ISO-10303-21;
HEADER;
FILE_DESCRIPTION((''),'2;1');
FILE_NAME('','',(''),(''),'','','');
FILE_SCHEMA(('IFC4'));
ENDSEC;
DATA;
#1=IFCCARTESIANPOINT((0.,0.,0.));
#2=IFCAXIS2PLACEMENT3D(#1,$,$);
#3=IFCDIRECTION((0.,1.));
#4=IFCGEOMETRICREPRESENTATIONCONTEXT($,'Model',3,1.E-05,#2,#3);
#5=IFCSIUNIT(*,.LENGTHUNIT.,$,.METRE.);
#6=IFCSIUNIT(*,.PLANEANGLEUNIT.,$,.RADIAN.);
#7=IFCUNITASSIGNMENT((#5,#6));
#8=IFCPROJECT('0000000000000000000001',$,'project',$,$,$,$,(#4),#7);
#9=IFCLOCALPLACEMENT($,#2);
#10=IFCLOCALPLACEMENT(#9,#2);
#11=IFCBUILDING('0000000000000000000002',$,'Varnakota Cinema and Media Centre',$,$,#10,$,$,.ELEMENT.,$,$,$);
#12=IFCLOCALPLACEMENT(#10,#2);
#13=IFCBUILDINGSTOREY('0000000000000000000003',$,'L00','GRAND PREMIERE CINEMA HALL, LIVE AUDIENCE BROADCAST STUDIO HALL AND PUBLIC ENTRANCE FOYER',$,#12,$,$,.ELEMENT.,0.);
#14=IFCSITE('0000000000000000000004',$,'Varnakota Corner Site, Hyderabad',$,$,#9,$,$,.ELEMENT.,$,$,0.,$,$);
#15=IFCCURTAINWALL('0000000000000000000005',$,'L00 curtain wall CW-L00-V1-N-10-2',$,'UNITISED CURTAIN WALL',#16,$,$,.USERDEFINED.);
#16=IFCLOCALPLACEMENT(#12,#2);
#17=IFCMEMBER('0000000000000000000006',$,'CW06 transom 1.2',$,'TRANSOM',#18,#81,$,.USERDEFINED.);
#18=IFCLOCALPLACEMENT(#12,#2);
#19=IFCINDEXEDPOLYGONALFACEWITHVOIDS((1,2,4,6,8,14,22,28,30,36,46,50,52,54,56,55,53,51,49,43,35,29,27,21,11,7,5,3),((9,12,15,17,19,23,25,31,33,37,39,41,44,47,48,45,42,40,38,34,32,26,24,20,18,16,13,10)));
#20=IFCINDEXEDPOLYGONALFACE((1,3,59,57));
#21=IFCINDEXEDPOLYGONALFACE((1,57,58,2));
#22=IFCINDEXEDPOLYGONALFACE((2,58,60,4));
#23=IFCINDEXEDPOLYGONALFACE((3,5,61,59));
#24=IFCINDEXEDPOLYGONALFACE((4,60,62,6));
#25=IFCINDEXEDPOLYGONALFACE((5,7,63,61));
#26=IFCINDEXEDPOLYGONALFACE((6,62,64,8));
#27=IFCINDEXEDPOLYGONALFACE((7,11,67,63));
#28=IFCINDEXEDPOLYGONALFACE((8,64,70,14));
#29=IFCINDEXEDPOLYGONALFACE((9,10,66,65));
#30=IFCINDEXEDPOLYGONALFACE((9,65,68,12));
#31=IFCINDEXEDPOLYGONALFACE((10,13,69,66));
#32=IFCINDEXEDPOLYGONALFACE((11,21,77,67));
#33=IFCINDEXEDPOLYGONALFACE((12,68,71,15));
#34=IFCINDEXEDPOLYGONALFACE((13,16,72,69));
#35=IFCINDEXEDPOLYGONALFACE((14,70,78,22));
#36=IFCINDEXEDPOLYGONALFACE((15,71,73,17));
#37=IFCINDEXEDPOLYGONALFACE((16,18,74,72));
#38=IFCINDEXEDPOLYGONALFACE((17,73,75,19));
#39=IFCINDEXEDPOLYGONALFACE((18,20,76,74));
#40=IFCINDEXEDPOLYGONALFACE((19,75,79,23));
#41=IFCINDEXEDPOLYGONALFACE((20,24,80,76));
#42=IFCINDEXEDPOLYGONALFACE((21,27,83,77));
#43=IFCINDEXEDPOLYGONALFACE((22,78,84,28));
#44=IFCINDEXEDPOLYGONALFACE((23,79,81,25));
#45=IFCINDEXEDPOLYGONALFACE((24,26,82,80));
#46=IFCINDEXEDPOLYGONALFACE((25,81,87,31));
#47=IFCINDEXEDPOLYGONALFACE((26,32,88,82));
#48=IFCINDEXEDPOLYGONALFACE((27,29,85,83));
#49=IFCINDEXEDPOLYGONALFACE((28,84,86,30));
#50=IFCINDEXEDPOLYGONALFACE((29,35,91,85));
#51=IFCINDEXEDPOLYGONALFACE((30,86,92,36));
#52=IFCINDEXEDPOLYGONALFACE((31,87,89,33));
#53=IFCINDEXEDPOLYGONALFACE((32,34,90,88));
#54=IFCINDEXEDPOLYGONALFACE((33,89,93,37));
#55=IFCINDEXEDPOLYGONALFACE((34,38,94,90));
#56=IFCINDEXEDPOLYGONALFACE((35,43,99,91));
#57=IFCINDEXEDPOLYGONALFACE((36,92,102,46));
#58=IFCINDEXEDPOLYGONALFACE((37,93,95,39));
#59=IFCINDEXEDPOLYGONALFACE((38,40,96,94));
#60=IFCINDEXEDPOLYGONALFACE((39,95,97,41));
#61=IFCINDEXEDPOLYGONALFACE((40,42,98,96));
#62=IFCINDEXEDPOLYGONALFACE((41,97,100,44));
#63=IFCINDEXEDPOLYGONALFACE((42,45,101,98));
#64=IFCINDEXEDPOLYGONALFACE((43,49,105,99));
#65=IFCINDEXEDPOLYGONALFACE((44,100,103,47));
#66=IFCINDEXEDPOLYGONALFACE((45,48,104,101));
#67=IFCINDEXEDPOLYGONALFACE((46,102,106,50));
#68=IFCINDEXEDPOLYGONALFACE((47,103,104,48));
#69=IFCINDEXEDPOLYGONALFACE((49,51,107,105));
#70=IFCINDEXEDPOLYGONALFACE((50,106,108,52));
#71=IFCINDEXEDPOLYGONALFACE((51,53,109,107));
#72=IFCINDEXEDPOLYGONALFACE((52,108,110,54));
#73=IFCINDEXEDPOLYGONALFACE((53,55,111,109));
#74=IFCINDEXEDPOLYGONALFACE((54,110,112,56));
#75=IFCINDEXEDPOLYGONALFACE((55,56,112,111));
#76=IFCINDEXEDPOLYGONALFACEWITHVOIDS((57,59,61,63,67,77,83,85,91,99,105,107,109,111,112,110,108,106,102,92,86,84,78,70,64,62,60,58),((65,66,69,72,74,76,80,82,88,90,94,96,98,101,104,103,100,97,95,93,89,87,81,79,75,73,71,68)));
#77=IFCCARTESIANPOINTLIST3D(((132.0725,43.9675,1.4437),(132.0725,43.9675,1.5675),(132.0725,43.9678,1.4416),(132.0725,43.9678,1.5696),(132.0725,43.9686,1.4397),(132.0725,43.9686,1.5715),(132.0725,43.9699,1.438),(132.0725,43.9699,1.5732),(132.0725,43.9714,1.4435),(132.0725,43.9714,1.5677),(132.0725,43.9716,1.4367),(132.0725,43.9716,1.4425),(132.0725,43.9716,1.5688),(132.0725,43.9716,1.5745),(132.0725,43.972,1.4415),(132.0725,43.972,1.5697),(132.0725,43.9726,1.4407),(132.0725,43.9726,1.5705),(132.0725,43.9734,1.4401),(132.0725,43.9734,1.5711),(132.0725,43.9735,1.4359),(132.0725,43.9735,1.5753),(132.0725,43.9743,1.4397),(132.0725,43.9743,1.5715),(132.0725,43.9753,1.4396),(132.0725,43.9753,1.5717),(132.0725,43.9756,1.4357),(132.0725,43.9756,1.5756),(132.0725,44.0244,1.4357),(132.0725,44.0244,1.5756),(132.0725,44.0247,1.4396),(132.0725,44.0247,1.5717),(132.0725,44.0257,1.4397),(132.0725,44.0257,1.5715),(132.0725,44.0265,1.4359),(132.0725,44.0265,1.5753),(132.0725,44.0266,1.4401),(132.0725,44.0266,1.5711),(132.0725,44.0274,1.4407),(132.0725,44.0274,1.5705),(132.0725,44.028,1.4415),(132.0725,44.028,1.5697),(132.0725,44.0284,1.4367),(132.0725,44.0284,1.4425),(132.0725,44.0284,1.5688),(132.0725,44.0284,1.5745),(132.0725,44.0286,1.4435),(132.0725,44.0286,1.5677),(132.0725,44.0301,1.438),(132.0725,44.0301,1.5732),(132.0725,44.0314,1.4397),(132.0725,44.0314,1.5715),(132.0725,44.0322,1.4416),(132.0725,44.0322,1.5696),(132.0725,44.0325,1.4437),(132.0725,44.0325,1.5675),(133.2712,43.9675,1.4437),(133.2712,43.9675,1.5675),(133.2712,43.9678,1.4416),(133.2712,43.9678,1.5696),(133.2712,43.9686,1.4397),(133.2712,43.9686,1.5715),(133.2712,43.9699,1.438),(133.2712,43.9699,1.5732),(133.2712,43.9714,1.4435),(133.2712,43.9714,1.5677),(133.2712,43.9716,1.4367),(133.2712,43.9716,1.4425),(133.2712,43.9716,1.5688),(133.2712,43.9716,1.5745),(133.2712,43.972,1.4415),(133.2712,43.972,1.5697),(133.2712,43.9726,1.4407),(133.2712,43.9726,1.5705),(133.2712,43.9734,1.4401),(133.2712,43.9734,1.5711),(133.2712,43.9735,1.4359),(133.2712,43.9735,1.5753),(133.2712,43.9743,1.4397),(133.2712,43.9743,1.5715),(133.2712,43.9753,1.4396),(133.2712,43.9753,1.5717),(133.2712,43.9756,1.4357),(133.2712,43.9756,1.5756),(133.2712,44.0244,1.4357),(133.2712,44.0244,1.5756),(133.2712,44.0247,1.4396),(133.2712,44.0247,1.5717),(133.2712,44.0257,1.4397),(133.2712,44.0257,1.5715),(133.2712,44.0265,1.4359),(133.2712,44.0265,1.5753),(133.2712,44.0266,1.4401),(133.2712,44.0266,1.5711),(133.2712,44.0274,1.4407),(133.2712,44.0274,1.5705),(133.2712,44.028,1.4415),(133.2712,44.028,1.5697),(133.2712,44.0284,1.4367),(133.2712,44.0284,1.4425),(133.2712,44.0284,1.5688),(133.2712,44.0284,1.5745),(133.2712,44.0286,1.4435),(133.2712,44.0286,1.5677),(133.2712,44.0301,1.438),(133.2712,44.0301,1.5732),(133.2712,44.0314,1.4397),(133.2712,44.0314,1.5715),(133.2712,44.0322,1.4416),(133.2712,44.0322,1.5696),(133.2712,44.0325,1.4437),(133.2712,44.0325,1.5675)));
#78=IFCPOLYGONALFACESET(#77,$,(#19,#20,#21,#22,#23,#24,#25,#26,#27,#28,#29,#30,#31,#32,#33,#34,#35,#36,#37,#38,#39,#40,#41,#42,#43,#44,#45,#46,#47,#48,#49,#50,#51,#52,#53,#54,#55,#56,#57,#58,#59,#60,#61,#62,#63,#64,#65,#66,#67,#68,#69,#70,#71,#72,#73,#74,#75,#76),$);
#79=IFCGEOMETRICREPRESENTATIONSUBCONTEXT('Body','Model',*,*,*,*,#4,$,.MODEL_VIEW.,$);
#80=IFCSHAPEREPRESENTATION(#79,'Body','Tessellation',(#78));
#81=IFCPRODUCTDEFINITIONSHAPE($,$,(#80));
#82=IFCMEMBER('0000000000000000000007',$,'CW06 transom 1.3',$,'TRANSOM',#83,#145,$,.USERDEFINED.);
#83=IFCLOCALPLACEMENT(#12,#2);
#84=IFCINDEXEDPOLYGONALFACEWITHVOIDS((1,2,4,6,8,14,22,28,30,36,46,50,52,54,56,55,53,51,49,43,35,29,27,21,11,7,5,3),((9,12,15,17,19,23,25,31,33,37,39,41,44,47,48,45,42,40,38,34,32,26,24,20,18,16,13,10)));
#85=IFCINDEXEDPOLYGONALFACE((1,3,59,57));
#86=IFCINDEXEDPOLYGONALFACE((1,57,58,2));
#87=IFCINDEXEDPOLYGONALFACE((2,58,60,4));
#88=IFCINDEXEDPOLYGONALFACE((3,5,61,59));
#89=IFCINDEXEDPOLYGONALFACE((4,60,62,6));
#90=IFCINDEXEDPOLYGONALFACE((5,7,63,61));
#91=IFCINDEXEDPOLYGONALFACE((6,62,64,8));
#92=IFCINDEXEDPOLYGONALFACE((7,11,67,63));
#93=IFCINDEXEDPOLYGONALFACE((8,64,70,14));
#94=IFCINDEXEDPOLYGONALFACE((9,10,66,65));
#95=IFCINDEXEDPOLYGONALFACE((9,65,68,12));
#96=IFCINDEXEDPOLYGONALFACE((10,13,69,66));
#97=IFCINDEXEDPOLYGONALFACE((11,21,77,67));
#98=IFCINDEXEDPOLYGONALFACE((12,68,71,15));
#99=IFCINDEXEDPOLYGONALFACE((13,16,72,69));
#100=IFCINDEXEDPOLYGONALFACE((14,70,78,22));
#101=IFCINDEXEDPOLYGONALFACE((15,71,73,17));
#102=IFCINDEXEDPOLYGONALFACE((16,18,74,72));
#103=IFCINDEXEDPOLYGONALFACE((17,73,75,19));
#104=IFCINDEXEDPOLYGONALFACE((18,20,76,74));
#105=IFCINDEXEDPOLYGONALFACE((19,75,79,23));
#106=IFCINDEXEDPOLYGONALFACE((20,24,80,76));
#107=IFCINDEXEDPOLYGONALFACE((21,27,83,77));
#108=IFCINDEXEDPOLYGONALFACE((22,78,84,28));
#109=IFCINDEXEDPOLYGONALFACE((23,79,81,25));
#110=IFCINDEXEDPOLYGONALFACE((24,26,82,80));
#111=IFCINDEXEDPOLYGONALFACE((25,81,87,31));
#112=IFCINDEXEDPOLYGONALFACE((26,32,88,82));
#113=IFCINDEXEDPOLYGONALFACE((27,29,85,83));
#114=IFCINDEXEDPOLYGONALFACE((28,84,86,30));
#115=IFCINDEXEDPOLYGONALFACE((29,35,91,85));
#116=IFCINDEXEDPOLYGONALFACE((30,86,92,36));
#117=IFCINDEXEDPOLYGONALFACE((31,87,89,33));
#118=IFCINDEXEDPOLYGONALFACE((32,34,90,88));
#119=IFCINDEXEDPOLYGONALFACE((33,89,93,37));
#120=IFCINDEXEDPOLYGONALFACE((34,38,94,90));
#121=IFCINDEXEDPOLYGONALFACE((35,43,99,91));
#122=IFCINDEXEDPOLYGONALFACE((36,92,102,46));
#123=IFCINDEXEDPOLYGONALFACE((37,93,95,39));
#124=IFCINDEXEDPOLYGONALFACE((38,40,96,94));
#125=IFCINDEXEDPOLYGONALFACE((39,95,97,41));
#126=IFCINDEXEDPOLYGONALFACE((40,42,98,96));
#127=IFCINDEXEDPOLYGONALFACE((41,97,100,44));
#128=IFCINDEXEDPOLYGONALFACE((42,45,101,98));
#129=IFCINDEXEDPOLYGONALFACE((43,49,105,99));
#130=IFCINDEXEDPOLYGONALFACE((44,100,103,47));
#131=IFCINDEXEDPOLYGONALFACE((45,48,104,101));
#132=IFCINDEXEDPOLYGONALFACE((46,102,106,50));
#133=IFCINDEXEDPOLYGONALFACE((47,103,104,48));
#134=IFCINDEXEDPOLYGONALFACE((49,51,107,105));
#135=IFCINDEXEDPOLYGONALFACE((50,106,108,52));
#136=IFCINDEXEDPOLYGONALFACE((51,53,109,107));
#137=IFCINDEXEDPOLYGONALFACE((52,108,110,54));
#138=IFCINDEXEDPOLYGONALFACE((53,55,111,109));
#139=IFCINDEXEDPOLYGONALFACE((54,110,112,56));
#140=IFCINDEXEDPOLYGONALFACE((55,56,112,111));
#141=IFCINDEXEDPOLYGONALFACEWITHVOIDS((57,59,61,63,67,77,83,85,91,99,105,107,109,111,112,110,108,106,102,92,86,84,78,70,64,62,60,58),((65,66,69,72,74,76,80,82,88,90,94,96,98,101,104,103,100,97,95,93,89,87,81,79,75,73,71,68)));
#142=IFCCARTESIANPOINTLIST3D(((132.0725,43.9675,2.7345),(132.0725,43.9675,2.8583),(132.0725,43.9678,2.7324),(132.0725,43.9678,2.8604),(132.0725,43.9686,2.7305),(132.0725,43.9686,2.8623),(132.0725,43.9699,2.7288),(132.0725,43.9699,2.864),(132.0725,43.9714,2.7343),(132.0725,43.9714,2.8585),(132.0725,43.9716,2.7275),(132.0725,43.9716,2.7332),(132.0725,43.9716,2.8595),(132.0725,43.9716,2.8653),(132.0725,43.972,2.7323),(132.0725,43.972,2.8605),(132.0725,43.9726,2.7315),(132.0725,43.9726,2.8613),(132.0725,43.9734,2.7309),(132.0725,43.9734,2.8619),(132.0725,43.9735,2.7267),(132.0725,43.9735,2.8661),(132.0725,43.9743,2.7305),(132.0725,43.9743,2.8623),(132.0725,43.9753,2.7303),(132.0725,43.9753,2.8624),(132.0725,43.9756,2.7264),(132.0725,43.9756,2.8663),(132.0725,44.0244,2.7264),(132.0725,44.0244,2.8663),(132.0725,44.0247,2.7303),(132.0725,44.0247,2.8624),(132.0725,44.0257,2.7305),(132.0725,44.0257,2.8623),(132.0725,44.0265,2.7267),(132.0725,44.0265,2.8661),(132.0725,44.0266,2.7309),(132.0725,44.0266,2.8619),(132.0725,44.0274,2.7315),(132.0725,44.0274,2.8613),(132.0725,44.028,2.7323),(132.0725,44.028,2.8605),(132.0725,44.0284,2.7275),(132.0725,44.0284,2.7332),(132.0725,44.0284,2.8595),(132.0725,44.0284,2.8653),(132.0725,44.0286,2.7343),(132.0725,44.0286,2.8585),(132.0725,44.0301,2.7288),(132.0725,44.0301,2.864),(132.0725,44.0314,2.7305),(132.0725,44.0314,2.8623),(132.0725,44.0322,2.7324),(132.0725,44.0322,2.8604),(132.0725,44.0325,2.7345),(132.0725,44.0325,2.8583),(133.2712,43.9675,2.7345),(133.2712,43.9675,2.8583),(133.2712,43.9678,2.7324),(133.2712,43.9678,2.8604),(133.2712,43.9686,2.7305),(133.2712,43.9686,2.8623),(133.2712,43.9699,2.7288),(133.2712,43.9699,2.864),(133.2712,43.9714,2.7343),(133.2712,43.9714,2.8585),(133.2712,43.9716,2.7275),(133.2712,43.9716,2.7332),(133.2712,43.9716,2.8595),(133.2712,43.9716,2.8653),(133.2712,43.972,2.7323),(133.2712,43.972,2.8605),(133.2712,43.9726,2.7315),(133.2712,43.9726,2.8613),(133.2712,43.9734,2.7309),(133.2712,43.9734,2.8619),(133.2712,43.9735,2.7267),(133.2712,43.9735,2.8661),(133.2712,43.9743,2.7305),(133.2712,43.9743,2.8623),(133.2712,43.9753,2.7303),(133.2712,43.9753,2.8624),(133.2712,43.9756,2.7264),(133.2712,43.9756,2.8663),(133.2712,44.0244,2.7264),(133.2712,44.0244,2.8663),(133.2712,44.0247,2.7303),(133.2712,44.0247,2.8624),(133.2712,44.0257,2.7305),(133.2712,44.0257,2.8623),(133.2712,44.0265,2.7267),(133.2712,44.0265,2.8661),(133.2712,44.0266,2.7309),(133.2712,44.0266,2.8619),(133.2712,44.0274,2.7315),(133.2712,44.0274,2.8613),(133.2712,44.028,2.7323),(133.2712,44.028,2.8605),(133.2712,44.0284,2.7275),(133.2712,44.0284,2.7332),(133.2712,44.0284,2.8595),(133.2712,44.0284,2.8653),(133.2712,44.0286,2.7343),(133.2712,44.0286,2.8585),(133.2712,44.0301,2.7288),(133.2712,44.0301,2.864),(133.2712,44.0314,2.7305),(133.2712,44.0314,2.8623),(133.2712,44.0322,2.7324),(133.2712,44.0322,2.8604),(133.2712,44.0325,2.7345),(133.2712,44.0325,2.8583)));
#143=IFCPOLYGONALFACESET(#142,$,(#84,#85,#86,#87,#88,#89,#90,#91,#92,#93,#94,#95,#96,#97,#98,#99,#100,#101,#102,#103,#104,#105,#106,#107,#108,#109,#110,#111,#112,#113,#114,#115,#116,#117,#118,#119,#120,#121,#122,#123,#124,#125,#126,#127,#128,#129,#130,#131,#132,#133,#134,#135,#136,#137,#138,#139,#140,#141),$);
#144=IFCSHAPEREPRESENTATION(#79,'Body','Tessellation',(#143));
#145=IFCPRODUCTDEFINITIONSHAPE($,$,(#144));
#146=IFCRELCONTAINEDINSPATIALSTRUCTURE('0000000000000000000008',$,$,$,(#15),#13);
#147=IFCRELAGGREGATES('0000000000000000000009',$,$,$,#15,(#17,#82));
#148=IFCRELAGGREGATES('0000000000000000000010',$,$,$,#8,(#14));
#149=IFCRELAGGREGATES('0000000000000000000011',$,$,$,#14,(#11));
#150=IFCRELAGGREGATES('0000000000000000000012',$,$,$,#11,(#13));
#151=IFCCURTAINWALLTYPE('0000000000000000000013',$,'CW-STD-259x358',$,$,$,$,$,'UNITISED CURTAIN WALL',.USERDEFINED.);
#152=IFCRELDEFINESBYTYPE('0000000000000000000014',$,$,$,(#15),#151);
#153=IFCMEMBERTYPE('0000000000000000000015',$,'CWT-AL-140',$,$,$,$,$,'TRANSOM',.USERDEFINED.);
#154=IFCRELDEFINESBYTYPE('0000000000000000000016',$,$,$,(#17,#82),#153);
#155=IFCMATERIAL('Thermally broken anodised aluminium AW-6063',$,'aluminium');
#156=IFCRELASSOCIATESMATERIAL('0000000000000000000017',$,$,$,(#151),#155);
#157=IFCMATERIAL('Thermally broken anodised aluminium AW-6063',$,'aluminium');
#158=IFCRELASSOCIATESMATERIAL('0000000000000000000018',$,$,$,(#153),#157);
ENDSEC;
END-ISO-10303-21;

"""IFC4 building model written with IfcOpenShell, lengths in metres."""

from ifc_helpers import new_model, si_unit, direction, frame, origin, origin_2d, place, context, subcontext, project, spatial, hollow_rectangle, extrude, material, material_profile, profile_set, type_object, element, aggregate, save


model = new_model("IFC4")

# Units and contexts
model_context = context("Model", 3, precision=1e-05, world=origin(), true_north=direction((0.0, 1.0)))
body_context = subcontext(model_context, "Body", "Model", "MODEL_VIEW")
ifc_project = project(units=[si_unit("LENGTHUNIT", "METRE"), si_unit("PLANEANGLEUNIT", "RADIAN")], contexts=[model_context])

# Site, building, storey
site_placement = place(None, origin())
site = spatial("IfcSite", under=ifc_project, at=site_placement, Name="Varnakota Corner Site, Hyderabad", CompositionType="ELEMENT", RefElevation=0.0)
building_placement = place(site_placement, origin())
building = spatial("IfcBuilding", under=site, at=building_placement, Name="Varnakota Cinema and Media Centre", CompositionType="ELEMENT")
storey_placement = place(building_placement, origin())
storey = spatial("IfcBuildingStorey", under=building, at=storey_placement, Name="L00", Description="GRAND PREMIERE CINEMA HALL, LIVE AUDIENCE BROADCAST STUDIO HALL AND PUBLIC ENTRANCE FOYER", CompositionType="ELEMENT", Elevation=0.0)

# Curtain wall
ifc_material_1 = material(Name="Thermally broken anodised aluminium AW-6063", Category="aluminium")
curtain_wall_type = type_object("IfcCurtainWallType", Name="CW-STD-259x358", ElementType="UNITISED CURTAIN WALL", PredefinedType="USERDEFINED", material=ifc_material_1)
curtain_wall_1_placement = place(storey_placement, origin())
curtain_wall_1 = element("IfcCurtainWall", 1, at=curtain_wall_1_placement, inside=storey, type_object=curtain_wall_type, Name="L00 curtain wall CW-L00-V1-N-10-2", ObjectType="UNITISED CURTAIN WALL", PredefinedType="USERDEFINED")

# Members
ifc_material_2 = material(Name="Thermally broken anodised aluminium AW-6063", Category="aluminium")
ifc_material_profile_1 = material_profile(ifc_material_2, hollow_rectangle(XDim=0.0649, YDim=0.1399, WallThickness=0.0039, InnerFilletRadius=0.0039, OuterFilletRadius=0.0081, at=origin_2d()), Name="AL-TRANSOM 140x65x4")
ifc_profile_set_1 = profile_set([ifc_material_profile_1], Name="Thermally broken anodised aluminium AW-6063")
member_type_1 = type_object("IfcMemberType", Name="CWT-AL-140", ElementType="TRANSOM", PredefinedType="USERDEFINED", material=ifc_profile_set_1)
member_1_placement = place(storey_placement, frame((132.0725, 44.0, 1.5056), z_axis=(1.0, 0.0, 0.0), x_axis=(0.0, 1.0, 0.0)))
member_1 = element("IfcMember", 2, at=member_1_placement, type_object=member_type_1, Name="CW06 transom 1.2", ObjectType="TRANSOM", PredefinedType="USERDEFINED", context=body_context, shape_type="SweptSolid", body=[
    extrude(hollow_rectangle(XDim=0.0649, YDim=0.1399, WallThickness=0.0039, InnerFilletRadius=0.0039, OuterFilletRadius=0.0081, at=origin_2d()), origin(), (0.0, 0.0, 1.0), 1.1987),
])
member_2_placement = place(storey_placement, frame((132.0725, 44.0, 2.7964), z_axis=(1.0, 0.0, 0.0), x_axis=(0.0, 1.0, 0.0)))
member_2 = element("IfcMember", 3, at=member_2_placement, type_object=member_type_1, Name="CW06 transom 1.3", ObjectType="TRANSOM", PredefinedType="USERDEFINED", context=body_context, shape_type="SweptSolid", body=[
    extrude(hollow_rectangle(XDim=0.0649, YDim=0.1399, WallThickness=0.0039, InnerFilletRadius=0.0039, OuterFilletRadius=0.0081, at=origin_2d()), origin(), (0.0, 0.0, 1.0), 1.1987),
])

aggregate(curtain_wall_1, [member_1, member_2])

save(model, "model.ifc")
